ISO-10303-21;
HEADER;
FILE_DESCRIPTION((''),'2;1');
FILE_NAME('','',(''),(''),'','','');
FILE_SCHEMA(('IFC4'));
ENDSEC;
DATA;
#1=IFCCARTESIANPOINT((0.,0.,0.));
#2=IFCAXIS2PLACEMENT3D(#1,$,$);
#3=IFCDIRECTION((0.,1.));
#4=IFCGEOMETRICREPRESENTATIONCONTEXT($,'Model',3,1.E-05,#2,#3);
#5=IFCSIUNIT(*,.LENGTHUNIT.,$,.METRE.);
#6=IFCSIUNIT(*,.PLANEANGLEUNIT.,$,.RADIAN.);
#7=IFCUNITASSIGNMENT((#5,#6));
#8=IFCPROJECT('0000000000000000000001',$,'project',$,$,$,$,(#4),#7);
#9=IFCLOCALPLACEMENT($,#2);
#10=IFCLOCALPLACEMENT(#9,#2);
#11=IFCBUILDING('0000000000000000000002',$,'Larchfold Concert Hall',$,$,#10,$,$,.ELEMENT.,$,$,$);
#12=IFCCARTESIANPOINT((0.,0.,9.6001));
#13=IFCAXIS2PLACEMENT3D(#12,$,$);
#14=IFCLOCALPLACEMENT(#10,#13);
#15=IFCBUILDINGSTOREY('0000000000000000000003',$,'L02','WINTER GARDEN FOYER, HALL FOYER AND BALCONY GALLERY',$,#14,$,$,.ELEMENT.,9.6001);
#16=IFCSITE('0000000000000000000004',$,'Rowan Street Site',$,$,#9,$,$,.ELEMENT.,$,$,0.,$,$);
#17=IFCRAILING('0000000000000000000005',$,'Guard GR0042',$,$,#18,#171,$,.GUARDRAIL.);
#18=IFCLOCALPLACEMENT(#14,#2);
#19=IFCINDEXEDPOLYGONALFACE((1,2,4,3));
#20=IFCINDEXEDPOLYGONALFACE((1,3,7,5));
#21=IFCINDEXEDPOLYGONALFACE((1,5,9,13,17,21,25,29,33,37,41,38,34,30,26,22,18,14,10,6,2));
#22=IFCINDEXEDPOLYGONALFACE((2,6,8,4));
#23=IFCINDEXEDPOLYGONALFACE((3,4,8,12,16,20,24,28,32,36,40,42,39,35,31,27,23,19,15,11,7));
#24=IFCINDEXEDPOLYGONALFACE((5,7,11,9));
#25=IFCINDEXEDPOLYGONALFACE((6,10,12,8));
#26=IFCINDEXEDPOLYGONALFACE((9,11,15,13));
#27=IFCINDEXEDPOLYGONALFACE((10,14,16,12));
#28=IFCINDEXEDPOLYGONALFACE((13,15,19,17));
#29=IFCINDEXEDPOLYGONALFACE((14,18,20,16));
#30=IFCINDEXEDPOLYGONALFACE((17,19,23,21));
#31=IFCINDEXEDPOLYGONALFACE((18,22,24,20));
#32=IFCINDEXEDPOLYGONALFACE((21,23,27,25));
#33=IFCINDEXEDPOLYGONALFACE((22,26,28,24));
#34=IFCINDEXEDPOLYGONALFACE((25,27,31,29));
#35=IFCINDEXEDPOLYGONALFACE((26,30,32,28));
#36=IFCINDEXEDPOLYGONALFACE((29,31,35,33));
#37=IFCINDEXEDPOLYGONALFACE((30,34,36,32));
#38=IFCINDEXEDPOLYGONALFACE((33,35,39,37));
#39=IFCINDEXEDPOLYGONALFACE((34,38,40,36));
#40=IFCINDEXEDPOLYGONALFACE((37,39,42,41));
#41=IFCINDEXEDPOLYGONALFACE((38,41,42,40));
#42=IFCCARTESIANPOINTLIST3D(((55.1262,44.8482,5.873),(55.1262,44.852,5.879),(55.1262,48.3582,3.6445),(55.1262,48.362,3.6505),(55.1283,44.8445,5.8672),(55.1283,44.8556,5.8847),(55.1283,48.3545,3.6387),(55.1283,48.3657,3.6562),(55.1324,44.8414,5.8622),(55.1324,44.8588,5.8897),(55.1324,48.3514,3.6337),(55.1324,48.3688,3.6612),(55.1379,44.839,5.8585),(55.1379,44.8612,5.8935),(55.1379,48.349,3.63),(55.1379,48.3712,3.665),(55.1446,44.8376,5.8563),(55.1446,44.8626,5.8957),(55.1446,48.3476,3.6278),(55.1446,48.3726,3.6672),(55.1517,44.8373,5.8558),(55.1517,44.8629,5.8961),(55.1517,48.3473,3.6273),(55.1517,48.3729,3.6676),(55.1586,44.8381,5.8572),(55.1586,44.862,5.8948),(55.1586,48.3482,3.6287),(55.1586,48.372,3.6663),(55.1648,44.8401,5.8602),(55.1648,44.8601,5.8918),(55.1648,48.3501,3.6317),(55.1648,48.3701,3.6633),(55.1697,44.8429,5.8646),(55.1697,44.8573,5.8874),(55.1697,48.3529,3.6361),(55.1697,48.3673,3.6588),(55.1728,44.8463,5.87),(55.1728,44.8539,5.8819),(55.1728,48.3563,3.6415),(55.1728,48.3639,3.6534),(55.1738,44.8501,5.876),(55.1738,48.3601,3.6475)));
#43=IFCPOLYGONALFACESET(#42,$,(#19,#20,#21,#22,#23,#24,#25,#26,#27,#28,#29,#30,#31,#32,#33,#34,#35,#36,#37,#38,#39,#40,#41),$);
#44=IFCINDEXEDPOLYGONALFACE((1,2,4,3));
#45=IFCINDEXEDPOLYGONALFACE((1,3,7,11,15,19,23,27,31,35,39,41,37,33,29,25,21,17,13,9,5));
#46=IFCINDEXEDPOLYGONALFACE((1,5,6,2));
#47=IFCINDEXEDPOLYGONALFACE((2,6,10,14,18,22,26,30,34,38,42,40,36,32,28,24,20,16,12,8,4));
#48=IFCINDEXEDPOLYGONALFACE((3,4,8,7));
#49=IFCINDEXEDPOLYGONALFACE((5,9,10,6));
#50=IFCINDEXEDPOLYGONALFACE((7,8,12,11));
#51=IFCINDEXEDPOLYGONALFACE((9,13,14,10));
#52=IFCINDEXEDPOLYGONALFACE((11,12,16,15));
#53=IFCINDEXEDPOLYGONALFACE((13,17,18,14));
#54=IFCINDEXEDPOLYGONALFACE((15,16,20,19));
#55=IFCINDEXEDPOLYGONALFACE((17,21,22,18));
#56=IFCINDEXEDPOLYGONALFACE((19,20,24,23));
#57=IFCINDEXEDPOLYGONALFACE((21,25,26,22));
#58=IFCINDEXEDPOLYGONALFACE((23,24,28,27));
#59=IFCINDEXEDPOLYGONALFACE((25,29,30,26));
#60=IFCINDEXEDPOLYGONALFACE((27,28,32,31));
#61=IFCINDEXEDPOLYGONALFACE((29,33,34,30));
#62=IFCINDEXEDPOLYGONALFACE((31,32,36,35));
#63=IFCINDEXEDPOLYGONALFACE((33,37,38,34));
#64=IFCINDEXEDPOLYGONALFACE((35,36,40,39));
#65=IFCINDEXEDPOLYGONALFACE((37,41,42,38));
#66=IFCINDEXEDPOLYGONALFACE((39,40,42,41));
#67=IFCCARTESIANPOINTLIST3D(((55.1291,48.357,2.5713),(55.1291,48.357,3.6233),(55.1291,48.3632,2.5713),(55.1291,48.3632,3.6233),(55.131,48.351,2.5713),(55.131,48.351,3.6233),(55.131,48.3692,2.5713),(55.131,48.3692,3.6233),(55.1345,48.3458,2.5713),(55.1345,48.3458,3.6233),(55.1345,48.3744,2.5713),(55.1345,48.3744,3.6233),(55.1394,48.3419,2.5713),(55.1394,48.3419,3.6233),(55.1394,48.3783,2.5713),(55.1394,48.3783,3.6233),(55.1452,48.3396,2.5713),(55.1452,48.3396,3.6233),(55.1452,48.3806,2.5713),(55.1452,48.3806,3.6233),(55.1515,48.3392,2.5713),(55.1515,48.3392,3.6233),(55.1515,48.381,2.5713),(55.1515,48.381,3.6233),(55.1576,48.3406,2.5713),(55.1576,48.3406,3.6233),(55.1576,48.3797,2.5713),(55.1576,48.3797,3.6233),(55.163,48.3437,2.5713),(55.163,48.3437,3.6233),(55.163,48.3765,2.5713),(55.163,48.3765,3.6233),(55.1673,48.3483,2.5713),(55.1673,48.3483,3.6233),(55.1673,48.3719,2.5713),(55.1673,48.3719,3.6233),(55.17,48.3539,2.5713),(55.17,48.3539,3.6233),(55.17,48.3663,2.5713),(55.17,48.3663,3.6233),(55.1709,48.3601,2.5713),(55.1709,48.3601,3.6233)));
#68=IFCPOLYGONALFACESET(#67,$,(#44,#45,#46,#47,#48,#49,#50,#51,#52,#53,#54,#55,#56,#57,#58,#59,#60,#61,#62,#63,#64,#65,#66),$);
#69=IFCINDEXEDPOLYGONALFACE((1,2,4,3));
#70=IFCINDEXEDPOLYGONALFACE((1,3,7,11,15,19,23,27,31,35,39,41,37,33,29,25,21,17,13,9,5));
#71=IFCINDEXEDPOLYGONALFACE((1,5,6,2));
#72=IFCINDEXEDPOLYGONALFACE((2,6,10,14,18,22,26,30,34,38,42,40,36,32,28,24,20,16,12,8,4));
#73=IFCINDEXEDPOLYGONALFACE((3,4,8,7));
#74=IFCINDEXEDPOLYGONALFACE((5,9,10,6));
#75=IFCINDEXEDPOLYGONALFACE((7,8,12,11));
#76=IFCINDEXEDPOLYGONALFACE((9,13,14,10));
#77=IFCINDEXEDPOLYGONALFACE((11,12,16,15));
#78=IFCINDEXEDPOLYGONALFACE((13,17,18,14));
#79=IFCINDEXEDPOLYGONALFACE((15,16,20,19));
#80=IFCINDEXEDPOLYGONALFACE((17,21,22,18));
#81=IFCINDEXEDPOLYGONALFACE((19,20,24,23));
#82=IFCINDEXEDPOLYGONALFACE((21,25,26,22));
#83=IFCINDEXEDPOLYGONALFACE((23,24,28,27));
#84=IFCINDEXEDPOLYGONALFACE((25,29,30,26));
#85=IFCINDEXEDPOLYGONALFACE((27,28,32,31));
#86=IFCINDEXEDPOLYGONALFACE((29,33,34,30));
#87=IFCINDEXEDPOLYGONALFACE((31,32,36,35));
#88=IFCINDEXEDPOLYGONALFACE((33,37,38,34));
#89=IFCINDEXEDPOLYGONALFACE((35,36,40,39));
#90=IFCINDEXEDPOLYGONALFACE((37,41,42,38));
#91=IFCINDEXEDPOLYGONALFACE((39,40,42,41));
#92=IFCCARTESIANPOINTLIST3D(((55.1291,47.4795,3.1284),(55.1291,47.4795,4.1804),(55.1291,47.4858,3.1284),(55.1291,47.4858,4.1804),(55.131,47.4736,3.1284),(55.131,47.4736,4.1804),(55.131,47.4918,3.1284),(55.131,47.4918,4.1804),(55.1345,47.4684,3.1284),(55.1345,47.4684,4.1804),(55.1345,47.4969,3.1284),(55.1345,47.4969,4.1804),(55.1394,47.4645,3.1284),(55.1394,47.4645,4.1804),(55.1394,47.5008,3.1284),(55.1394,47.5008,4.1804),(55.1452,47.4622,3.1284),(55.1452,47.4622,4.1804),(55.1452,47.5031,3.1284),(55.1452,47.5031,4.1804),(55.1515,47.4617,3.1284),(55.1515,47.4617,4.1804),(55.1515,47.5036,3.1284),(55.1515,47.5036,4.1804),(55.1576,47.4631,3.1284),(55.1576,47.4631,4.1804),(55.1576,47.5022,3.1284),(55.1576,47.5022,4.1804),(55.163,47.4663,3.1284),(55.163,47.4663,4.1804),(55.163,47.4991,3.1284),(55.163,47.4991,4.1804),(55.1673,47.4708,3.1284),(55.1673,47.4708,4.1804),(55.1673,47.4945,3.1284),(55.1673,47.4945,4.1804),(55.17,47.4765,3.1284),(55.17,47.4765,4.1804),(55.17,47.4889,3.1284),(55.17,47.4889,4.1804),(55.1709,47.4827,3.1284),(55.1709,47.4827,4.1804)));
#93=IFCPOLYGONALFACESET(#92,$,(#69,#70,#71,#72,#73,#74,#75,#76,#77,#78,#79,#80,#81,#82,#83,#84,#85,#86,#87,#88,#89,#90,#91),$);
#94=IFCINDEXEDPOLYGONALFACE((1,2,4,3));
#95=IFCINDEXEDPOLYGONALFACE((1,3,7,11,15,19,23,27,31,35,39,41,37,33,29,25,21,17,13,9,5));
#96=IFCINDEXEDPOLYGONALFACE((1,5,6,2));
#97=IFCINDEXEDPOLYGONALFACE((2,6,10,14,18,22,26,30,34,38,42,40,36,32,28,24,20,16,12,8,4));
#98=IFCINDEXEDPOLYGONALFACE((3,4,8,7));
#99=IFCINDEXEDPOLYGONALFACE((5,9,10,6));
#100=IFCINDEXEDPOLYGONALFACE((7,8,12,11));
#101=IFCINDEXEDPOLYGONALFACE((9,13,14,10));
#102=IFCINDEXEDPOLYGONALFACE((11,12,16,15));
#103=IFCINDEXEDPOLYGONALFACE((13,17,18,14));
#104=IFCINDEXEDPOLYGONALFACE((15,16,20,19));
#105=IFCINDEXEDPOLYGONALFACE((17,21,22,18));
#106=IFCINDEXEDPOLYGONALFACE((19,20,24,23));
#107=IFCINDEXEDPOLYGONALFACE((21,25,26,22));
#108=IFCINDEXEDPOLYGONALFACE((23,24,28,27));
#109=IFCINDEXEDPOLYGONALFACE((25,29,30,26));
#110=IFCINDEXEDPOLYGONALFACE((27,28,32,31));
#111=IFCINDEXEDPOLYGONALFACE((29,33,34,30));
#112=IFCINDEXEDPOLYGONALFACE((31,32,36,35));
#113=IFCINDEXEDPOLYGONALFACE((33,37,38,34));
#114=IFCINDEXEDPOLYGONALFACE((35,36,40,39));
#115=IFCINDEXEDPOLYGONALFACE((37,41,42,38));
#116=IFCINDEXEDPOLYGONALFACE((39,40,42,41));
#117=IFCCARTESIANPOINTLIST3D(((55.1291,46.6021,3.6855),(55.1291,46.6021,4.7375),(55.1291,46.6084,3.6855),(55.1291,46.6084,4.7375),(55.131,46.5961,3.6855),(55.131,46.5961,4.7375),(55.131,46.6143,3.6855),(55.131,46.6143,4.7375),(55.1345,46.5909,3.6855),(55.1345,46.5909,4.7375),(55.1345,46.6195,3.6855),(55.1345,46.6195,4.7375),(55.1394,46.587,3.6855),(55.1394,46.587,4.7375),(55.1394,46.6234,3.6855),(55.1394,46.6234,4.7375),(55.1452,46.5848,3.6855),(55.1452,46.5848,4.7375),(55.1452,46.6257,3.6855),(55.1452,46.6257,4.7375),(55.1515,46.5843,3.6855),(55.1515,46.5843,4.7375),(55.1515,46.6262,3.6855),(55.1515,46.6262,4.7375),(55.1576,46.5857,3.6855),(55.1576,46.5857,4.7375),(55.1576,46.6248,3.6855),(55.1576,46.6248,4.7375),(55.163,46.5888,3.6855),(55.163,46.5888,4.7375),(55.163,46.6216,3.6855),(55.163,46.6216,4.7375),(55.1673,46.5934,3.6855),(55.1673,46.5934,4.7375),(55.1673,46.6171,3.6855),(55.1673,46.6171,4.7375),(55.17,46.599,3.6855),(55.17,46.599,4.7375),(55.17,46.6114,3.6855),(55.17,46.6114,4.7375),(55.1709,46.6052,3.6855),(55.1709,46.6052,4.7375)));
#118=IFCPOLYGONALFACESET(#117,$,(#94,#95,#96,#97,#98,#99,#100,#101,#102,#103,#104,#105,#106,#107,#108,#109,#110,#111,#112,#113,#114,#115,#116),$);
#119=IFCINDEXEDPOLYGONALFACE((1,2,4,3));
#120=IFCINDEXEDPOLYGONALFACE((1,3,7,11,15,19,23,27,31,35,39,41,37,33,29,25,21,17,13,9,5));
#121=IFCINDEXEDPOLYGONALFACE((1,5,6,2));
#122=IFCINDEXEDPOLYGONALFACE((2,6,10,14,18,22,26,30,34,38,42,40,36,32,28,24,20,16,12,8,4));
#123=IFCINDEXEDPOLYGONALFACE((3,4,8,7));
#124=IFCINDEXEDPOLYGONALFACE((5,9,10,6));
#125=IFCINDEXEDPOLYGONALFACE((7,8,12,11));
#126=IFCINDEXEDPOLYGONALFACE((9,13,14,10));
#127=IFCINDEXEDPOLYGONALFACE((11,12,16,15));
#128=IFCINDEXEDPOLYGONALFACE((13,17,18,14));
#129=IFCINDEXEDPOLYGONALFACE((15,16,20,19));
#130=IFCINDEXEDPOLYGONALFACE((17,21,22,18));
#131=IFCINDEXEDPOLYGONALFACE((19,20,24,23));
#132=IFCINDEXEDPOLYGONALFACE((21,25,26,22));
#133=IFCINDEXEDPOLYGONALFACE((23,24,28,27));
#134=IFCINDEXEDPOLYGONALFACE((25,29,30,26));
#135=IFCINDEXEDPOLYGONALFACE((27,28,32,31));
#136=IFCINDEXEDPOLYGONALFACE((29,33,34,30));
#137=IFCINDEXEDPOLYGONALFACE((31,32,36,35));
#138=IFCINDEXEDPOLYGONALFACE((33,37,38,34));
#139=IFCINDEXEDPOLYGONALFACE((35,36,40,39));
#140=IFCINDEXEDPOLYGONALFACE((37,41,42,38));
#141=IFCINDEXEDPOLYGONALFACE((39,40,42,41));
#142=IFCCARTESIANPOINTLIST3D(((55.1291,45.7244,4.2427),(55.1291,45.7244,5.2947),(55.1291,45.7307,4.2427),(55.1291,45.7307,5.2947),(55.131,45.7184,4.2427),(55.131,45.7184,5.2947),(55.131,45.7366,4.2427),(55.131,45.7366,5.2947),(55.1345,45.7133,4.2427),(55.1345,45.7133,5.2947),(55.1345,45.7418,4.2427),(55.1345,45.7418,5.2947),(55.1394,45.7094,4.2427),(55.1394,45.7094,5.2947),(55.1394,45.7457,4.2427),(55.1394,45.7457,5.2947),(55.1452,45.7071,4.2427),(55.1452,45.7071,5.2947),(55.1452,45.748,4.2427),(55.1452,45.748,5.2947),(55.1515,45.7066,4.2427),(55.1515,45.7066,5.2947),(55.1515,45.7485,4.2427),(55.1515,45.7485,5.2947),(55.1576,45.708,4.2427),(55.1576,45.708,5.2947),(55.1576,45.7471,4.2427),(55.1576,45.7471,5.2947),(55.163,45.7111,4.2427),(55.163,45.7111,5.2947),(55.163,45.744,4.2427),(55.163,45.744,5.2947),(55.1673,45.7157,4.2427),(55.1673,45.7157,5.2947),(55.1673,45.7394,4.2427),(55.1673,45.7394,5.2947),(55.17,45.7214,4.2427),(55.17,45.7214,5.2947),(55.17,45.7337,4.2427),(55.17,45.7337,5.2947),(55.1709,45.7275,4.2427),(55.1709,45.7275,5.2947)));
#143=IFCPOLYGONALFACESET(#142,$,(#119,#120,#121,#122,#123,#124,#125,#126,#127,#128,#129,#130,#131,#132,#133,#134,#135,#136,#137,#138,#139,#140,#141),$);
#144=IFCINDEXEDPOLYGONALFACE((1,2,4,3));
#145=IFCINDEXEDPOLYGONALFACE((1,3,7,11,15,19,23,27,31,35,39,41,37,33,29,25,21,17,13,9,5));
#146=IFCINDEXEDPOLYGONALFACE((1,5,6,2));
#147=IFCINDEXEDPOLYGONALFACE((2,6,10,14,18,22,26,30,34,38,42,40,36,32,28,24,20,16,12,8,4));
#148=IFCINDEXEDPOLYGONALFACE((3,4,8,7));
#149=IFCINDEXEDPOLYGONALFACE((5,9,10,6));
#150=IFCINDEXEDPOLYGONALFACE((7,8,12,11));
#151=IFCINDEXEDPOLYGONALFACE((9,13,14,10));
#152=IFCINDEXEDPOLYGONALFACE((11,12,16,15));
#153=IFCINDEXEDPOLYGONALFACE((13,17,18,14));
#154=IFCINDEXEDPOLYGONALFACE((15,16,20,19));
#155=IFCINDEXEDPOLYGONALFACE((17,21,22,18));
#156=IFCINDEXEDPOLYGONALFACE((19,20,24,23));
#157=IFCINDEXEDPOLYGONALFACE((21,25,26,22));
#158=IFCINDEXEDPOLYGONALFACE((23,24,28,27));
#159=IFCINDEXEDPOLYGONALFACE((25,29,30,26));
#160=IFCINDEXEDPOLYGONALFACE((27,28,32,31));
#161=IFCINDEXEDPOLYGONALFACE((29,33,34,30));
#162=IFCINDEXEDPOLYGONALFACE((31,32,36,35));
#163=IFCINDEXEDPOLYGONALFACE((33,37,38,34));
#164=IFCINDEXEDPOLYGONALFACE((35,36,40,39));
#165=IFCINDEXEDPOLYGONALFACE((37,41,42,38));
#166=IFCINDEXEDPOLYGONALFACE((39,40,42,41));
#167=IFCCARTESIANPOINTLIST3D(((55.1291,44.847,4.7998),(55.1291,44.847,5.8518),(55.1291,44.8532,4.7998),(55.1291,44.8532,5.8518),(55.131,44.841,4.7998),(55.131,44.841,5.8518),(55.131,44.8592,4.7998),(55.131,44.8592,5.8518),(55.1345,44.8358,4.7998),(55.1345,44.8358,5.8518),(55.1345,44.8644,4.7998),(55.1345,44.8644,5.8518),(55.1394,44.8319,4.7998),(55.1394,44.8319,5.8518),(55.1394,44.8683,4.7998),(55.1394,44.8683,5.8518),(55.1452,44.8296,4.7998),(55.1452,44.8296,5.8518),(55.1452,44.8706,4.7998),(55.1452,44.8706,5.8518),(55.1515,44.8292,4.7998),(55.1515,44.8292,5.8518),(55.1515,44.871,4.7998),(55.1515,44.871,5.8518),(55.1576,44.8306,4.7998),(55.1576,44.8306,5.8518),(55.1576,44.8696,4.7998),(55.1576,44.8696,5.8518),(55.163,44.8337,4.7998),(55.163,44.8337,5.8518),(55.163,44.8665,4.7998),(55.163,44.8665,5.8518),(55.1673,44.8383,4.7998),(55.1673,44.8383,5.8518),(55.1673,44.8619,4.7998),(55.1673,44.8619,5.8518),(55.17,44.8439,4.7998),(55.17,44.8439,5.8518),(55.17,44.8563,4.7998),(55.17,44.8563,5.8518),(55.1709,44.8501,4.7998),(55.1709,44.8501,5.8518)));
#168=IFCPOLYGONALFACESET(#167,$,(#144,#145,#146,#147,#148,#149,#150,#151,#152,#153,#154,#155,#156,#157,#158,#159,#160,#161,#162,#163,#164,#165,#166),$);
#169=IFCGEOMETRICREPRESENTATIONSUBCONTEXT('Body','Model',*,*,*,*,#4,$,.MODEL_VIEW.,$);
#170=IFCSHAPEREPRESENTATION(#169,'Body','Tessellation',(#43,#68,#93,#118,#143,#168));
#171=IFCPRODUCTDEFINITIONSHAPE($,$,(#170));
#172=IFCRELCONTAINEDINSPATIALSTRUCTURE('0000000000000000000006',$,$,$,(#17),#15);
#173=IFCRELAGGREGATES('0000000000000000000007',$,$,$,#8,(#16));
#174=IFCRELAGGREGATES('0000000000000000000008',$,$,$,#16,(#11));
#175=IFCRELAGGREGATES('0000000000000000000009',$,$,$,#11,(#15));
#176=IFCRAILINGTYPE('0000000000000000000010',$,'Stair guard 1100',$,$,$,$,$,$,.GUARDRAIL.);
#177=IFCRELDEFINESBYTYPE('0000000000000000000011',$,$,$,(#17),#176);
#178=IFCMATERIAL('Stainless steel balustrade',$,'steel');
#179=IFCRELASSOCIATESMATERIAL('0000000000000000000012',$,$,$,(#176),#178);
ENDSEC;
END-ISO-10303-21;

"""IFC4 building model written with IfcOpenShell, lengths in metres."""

from ifc_helpers import new_model, si_unit, direction, frame, origin, origin_2d, place, context, subcontext, project, spatial, circle, extrude, material, type_object, element, save


model = new_model("IFC4")

# Units and contexts
model_context = context("Model", 3, precision=1e-05, world=origin(), true_north=direction((0.0, 1.0)))
body_context = subcontext(model_context, "Body", "Model", "MODEL_VIEW")
ifc_project = project(units=[si_unit("LENGTHUNIT", "METRE"), si_unit("PLANEANGLEUNIT", "RADIAN")], contexts=[model_context])

# Site, building, storey
site_placement = place(None, origin())
site = spatial("IfcSite", under=ifc_project, at=site_placement, Name="Rowan Street Site", CompositionType="ELEMENT", RefElevation=0.0)
building_placement = place(site_placement, origin())
building = spatial("IfcBuilding", under=site, at=building_placement, Name="Larchfold Concert Hall", CompositionType="ELEMENT")
storey_placement = place(building_placement, frame((0.0, 0.0, 9.6001)))
storey = spatial("IfcBuildingStorey", under=building, at=storey_placement, Name="L02", Description="WINTER GARDEN FOYER, HALL FOYER AND BALCONY GALLERY", CompositionType="ELEMENT", Elevation=9.6001)

# Railing
ifc_material_1 = material(Name="Stainless steel balustrade", Category="steel")
railing_type_1 = type_object("IfcRailingType", Name="Stair guard 1100", PredefinedType="GUARDRAIL", material=ifc_material_1)
railing_1_placement = place(storey_placement, frame((55.1499, 48.3601, 2.5713)))
element("IfcRailing", 1, at=railing_1_placement, inside=storey, type_object=railing_type_1, Name="Guard GR0042", PredefinedType="GUARDRAIL", context=body_context, shape_type="SweptSolid", body=[
    extrude(circle(Radius=0.0239, at=origin_2d()), frame((0.0, 0.0, 1.0762), z_axis=(0.0, -0.84422, 0.535998), x_axis=(1.0, 0.0, 0.0)), (0.0, 0.0, 1.0), 4.1577),
    extrude(circle(Radius=0.021, at=origin_2d()), origin(), (0.0, 0.0, 1.0), 1.052),
    extrude(circle(Radius=0.021, at=origin_2d()), frame((0.0, -0.8774, 0.5571)), (0.0, 0.0, 1.0), 1.052),
    extrude(circle(Radius=0.021, at=origin_2d()), frame((0.0, -1.7549, 1.1143)), (0.0, 0.0, 1.0), 1.052),
    extrude(circle(Radius=0.021, at=origin_2d()), frame((0.0, -2.6326, 1.6714)), (0.0, 0.0, 1.0), 1.052),
    extrude(circle(Radius=0.021, at=origin_2d()), frame((0.0, -3.51, 2.2285)), (0.0, 0.0, 1.0), 1.052),
])

save(model, "model.ifc")
